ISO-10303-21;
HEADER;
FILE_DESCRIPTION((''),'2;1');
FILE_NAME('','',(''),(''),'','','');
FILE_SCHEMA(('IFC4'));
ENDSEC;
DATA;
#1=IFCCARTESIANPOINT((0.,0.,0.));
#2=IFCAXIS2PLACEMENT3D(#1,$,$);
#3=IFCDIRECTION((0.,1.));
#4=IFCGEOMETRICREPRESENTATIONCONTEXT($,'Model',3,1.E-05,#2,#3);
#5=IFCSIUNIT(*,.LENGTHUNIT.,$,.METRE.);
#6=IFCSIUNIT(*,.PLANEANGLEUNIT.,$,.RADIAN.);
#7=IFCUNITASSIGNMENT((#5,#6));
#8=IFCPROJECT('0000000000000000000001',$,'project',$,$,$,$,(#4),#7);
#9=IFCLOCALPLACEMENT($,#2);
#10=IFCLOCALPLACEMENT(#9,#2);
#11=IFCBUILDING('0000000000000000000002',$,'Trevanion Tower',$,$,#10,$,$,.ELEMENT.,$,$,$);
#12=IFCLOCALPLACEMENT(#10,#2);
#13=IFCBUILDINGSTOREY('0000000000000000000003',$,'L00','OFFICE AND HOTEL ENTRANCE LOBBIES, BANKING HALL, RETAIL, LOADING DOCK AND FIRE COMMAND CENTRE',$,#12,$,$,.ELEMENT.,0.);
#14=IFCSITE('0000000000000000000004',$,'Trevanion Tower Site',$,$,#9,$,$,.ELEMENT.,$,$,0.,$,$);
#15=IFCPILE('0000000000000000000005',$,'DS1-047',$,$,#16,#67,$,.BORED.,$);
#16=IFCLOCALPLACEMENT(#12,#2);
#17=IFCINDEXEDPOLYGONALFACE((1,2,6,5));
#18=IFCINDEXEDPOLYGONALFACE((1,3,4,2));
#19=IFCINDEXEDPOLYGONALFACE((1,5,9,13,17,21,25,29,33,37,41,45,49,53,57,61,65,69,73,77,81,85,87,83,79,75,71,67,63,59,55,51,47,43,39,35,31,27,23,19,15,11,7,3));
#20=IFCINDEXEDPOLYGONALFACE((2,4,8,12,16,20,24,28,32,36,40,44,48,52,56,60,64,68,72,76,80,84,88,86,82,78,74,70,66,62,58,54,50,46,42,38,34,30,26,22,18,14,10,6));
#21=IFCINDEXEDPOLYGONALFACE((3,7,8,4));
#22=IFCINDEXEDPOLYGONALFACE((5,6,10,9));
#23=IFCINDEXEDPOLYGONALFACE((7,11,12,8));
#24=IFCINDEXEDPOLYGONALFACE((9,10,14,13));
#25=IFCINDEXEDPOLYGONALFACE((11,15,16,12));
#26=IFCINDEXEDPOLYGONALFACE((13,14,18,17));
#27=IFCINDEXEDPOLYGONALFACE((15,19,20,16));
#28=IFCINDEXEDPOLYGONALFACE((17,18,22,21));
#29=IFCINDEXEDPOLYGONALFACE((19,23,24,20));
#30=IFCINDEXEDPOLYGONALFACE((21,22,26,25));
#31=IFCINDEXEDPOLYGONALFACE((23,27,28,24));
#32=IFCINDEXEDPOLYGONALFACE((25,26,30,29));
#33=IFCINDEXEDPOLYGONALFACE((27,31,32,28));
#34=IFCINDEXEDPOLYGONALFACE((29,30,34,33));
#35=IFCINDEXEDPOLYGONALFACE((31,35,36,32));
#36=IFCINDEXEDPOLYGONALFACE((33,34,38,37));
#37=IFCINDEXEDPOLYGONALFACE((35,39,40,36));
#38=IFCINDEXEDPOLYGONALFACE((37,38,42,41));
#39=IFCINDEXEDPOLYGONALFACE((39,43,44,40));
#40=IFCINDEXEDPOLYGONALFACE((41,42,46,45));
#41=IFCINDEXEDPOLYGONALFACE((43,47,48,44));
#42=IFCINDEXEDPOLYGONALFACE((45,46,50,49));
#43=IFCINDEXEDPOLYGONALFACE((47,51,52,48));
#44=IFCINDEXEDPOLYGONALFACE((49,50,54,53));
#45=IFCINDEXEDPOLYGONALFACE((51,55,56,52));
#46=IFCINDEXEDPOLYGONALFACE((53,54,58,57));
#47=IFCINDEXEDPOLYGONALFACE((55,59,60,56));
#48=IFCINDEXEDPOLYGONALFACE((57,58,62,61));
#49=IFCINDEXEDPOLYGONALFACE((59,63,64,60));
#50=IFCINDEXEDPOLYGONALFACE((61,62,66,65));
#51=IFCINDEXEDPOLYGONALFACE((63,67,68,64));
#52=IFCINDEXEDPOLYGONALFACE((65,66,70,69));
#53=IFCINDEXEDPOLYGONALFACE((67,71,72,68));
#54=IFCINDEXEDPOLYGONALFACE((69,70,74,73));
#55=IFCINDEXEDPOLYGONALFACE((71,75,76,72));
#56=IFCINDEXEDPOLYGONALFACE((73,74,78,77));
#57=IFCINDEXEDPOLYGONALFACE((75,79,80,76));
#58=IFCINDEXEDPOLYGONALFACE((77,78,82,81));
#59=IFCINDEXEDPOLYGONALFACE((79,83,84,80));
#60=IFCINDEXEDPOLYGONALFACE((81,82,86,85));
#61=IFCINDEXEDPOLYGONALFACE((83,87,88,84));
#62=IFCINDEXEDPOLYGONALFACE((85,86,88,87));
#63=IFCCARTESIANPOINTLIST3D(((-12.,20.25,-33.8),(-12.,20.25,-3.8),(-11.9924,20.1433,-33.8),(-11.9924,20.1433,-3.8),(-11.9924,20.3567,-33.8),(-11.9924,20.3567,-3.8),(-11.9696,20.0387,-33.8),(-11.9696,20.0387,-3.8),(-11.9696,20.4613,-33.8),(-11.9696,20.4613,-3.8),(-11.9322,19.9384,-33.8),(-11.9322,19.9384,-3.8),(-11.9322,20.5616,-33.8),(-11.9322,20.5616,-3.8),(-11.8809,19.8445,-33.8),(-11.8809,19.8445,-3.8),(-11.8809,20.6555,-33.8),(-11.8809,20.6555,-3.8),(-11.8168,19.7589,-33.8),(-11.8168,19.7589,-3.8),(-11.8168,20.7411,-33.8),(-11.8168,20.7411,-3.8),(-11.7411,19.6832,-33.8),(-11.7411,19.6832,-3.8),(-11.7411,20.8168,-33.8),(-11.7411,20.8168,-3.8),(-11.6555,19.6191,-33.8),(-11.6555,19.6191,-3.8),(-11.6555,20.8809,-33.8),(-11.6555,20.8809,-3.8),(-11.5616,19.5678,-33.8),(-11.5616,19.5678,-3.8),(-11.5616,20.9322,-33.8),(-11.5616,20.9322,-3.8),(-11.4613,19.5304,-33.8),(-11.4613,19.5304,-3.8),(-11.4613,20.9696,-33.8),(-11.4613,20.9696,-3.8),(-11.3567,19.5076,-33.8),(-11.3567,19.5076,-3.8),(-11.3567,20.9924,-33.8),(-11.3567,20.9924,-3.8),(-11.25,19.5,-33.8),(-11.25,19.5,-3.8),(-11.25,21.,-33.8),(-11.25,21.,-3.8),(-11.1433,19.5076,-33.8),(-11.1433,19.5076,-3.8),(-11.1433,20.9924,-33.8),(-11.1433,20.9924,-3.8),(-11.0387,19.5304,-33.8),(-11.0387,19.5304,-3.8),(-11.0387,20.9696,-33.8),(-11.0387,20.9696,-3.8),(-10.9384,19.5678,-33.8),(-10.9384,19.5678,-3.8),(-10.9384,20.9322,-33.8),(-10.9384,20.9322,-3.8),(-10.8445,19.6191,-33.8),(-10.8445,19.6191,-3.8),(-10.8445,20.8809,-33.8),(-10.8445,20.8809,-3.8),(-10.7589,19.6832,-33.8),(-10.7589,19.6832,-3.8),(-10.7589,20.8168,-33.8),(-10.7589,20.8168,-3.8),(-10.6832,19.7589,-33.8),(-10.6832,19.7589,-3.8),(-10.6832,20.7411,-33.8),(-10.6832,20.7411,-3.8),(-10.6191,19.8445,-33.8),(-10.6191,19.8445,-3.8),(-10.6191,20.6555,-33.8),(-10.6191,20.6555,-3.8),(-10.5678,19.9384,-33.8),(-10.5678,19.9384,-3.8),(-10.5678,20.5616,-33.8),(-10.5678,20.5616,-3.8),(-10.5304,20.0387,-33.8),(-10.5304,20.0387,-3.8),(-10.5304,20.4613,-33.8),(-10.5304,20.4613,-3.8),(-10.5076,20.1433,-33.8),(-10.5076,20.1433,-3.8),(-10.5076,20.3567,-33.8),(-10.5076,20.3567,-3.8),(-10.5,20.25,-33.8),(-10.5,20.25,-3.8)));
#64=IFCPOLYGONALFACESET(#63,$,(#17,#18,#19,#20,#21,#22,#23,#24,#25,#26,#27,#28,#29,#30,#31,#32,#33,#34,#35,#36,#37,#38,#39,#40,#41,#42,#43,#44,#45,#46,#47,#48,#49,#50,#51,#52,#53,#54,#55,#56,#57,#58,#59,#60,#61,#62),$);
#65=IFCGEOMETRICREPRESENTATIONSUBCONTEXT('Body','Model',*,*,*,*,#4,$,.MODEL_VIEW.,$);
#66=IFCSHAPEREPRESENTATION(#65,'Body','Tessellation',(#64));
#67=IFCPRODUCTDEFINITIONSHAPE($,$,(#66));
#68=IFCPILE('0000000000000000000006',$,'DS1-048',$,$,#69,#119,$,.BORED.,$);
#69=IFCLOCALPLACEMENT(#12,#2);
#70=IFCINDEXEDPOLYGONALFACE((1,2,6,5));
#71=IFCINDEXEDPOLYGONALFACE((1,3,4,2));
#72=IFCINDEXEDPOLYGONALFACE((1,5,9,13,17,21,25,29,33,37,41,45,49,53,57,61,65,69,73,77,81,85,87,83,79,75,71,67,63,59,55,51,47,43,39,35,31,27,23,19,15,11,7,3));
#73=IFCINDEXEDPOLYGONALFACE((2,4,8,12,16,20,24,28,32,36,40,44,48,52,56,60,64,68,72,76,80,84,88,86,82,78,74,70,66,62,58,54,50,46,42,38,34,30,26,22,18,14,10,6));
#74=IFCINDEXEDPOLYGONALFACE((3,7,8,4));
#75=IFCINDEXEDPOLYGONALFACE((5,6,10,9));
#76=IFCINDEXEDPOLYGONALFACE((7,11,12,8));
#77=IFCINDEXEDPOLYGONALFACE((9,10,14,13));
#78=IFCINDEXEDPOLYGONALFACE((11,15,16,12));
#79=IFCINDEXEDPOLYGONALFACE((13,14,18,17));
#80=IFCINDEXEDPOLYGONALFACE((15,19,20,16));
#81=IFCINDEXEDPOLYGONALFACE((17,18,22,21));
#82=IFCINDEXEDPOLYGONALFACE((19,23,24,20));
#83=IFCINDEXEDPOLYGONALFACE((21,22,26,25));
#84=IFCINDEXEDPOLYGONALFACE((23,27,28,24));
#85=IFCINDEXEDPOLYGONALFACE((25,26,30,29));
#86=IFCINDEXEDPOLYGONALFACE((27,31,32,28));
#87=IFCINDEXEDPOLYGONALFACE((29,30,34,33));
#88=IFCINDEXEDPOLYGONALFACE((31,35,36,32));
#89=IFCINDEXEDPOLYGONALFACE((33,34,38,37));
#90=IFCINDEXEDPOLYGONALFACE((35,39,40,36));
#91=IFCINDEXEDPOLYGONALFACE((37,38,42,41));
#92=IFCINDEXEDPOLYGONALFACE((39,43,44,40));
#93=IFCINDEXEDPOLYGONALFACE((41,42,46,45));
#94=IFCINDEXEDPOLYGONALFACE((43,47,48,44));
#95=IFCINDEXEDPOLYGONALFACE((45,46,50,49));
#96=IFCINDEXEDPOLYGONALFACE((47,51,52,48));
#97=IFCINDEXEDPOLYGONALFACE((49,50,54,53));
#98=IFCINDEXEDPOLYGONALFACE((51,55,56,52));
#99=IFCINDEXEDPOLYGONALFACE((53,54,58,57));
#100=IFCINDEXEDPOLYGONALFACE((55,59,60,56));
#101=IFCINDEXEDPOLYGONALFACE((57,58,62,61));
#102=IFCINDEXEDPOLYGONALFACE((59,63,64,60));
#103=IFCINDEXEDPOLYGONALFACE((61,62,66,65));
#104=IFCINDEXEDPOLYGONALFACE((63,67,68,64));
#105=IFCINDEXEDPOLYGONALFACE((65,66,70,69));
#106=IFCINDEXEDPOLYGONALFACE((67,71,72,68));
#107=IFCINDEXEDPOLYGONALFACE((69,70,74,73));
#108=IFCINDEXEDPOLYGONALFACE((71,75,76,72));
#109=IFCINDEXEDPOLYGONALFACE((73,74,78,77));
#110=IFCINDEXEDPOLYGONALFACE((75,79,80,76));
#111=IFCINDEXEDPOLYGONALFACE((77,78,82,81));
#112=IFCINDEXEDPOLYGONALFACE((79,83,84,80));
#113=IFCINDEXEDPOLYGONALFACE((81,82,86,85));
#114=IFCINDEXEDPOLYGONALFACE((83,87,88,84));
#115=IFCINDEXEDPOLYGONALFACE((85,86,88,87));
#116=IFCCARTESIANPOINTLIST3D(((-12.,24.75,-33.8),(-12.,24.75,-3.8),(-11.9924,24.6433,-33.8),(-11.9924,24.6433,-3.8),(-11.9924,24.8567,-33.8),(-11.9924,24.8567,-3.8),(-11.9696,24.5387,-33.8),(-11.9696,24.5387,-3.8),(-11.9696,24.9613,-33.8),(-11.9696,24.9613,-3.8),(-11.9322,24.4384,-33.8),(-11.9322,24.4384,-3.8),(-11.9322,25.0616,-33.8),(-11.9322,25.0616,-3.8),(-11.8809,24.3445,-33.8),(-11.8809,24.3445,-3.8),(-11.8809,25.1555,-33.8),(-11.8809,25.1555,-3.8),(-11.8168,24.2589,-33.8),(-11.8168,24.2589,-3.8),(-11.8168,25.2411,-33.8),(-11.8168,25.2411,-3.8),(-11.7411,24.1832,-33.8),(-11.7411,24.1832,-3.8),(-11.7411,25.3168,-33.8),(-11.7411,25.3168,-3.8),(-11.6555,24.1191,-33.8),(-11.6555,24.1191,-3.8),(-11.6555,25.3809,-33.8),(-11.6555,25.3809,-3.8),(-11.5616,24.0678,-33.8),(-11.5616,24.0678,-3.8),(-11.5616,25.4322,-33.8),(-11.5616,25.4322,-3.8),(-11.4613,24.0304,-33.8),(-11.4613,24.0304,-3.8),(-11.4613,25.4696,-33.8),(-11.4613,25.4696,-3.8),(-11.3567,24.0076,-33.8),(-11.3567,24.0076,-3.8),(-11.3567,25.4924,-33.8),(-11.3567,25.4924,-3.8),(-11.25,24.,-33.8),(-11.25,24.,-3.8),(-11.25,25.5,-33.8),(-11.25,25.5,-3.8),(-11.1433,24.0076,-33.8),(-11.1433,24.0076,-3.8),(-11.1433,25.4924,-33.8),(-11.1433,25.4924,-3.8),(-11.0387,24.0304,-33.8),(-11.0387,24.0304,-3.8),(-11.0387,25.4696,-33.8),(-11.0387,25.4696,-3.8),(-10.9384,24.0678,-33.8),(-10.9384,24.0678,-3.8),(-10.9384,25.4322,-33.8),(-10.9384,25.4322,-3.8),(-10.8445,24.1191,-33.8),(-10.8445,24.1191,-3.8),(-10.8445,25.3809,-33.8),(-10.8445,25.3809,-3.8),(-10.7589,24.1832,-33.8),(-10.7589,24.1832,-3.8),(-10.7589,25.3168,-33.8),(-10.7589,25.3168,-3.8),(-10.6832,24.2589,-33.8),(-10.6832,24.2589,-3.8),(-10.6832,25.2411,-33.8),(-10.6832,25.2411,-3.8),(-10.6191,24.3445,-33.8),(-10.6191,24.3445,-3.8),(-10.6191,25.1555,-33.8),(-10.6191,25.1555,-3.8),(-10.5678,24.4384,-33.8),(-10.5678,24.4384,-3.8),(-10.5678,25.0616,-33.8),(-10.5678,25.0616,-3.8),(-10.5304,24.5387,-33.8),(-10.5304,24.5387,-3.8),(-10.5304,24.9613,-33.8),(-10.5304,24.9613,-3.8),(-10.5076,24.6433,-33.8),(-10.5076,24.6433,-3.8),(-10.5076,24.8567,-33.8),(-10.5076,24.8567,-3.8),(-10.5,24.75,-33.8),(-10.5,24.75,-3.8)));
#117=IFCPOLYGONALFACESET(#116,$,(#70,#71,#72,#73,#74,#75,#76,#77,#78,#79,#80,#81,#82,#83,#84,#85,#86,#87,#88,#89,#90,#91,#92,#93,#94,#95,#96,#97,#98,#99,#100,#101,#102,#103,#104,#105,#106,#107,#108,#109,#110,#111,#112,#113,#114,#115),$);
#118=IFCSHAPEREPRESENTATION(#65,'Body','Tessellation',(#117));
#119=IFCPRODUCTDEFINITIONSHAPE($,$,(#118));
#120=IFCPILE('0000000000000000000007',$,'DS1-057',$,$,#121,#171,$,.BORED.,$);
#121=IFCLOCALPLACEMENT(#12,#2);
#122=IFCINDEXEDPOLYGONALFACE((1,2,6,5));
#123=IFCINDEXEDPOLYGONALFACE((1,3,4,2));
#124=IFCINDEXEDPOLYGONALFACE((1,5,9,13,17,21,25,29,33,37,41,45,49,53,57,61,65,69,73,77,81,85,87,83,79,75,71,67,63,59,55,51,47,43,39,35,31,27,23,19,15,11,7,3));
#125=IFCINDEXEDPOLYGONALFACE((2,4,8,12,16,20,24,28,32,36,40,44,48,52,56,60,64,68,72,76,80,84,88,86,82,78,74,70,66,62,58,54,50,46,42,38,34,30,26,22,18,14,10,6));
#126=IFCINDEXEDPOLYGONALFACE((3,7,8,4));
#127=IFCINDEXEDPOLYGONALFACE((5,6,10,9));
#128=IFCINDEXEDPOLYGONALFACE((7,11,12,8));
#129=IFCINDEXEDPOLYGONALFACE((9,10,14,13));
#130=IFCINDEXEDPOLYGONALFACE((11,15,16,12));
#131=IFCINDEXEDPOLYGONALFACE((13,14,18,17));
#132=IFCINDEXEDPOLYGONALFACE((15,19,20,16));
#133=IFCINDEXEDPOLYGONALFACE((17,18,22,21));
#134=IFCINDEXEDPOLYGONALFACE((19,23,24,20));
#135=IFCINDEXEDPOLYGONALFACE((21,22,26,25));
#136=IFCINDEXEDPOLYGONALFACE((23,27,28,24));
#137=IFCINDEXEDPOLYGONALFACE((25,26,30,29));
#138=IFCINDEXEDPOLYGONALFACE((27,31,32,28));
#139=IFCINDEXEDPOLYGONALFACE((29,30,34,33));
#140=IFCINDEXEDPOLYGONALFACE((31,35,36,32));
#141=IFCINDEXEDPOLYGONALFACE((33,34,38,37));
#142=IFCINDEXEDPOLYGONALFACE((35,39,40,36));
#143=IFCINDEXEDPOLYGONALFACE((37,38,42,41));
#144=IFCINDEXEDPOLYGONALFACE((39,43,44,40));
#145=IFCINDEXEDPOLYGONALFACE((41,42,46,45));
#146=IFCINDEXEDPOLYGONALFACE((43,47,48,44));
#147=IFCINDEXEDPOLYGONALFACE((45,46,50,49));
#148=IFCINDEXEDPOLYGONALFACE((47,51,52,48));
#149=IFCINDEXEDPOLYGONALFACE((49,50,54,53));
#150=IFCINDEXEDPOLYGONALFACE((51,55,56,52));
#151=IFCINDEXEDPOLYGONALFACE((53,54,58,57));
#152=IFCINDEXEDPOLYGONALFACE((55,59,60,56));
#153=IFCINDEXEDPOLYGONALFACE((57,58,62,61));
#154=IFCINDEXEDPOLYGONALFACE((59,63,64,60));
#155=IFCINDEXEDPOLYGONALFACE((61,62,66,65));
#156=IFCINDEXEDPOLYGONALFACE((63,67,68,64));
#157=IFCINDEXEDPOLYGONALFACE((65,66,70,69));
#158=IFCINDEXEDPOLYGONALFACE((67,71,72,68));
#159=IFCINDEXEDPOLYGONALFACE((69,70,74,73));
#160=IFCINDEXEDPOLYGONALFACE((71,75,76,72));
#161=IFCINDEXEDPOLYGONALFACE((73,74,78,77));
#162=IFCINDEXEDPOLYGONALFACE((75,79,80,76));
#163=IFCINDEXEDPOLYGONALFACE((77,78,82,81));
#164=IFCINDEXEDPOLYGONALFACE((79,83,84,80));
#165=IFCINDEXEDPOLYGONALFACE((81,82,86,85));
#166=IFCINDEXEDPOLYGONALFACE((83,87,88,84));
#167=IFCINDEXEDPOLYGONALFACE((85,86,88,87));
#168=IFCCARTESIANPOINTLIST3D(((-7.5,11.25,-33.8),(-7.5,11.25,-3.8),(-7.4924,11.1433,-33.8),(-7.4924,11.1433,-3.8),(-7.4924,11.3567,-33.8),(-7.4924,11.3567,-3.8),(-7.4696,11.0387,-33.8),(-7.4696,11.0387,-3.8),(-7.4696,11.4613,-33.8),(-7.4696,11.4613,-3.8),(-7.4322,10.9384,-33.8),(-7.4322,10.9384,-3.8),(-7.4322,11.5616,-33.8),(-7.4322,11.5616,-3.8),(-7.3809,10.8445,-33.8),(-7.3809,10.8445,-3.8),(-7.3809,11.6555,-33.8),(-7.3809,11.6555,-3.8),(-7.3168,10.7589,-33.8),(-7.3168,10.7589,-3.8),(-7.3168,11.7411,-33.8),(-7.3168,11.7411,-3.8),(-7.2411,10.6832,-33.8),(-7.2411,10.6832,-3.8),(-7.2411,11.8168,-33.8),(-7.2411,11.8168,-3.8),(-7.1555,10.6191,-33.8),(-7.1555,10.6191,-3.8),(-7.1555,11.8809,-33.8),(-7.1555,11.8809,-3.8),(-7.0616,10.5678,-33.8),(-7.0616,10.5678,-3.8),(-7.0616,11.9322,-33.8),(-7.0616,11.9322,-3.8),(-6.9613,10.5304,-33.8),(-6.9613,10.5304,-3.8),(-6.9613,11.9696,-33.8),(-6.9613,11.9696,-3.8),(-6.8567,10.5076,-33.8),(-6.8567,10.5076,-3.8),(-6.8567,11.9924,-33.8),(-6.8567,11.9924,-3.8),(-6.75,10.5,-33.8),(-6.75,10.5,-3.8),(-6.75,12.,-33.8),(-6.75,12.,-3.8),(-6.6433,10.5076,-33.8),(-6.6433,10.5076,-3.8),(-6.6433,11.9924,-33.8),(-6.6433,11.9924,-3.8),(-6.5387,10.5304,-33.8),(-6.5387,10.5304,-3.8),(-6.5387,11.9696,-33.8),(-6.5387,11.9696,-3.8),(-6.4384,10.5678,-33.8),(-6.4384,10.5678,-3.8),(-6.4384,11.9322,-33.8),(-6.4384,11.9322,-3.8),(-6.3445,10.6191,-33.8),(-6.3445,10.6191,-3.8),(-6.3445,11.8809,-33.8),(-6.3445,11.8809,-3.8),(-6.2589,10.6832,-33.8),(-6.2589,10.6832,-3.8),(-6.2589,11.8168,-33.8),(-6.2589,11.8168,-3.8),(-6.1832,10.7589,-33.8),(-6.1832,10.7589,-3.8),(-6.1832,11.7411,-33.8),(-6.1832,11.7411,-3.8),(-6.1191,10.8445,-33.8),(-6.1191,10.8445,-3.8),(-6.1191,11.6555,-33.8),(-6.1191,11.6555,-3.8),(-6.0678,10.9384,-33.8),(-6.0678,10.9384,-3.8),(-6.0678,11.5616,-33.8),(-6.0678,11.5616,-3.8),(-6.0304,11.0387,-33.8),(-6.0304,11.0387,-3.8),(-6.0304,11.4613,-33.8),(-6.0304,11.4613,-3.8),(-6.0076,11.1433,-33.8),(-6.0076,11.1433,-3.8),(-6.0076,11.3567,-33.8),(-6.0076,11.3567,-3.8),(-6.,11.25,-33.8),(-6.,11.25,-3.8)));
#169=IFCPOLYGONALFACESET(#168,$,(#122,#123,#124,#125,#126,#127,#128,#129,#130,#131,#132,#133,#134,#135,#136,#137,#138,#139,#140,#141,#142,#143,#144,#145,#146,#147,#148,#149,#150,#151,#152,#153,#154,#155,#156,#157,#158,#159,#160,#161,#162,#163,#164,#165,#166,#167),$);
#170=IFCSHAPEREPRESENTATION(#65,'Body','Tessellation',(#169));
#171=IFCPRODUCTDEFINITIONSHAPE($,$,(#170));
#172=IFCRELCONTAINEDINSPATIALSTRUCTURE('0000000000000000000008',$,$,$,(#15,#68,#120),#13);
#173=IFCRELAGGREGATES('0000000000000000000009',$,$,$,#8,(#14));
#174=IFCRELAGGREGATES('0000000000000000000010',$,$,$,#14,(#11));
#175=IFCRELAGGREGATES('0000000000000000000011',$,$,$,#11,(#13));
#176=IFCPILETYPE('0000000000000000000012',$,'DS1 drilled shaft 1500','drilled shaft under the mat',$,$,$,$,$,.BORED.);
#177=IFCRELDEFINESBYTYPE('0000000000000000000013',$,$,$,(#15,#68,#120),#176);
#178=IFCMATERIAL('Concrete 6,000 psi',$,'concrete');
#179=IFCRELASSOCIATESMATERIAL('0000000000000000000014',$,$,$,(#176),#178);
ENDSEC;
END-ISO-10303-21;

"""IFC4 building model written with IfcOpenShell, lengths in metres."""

from ifc_helpers import new_model, si_unit, direction, frame, origin, origin_2d, place, context, subcontext, project, spatial, circle, extrude, material, material_profile, profile_set, type_object, element, save


model = new_model("IFC4")

# Units and contexts
model_context = context("Model", 3, precision=1e-05, world=origin(), true_north=direction((0.0, 1.0)))
body_context = subcontext(model_context, "Body", "Model", "MODEL_VIEW")
ifc_project = project(units=[si_unit("LENGTHUNIT", "METRE"), si_unit("PLANEANGLEUNIT", "RADIAN")], contexts=[model_context])

# Site, building, storey
site_placement = place(None, origin())
site = spatial("IfcSite", under=ifc_project, at=site_placement, Name="Trevanion Tower Site", CompositionType="ELEMENT", RefElevation=0.0)
building_placement = place(site_placement, origin())
building = spatial("IfcBuilding", under=site, at=building_placement, Name="Trevanion Tower", CompositionType="ELEMENT")
storey_placement = place(building_placement, origin())
storey = spatial("IfcBuildingStorey", under=building, at=storey_placement, Name="L00", Description="OFFICE AND HOTEL ENTRANCE LOBBIES, BANKING HALL, RETAIL, LOADING DOCK AND FIRE COMMAND CENTRE", CompositionType="ELEMENT", Elevation=0.0)

# Piles
ifc_material_1 = material(Name="Concrete 6,000 psi", Category="concrete")
ifc_material_profile_1 = material_profile(ifc_material_1, circle(Radius=0.75, at=origin_2d()), Name="DS1 drilled shaft 1500")
ifc_profile_set_1 = profile_set([ifc_material_profile_1], Name="Concrete 6,000 psi")
pile_type = type_object("IfcPileType", Name="DS1 drilled shaft 1500", Description="drilled shaft under the mat", PredefinedType="BORED", material=ifc_profile_set_1)
for number, where, z_axis, x_axis, name in (
    (1, (-11.25, 20.25, -3.8), (0.0, 0.0, -1.0), (1.0, 0.0, 0.0), "DS1-047"),
    (2, (-11.25, 24.75, -3.8), (0.0, 0.0, -1.0), (1.0, 0.0, 0.0), "DS1-048"),
    (3, (-6.75, 11.25, -3.8), (0.0, 0.0, -1.0), (1.0, 0.0, 0.0), "DS1-057"),
):
    element("IfcPile", number, at=place(storey_placement, frame(where, z_axis=z_axis, x_axis=x_axis)), inside=storey, type_object=pile_type, Name=name, PredefinedType="BORED", context=body_context, shape_type="SweptSolid", body=[
        extrude(circle(Radius=0.75, at=origin_2d()), origin(), (0.0, 0.0, 1.0), 30.0),
    ])

save(model, "model.ifc")
